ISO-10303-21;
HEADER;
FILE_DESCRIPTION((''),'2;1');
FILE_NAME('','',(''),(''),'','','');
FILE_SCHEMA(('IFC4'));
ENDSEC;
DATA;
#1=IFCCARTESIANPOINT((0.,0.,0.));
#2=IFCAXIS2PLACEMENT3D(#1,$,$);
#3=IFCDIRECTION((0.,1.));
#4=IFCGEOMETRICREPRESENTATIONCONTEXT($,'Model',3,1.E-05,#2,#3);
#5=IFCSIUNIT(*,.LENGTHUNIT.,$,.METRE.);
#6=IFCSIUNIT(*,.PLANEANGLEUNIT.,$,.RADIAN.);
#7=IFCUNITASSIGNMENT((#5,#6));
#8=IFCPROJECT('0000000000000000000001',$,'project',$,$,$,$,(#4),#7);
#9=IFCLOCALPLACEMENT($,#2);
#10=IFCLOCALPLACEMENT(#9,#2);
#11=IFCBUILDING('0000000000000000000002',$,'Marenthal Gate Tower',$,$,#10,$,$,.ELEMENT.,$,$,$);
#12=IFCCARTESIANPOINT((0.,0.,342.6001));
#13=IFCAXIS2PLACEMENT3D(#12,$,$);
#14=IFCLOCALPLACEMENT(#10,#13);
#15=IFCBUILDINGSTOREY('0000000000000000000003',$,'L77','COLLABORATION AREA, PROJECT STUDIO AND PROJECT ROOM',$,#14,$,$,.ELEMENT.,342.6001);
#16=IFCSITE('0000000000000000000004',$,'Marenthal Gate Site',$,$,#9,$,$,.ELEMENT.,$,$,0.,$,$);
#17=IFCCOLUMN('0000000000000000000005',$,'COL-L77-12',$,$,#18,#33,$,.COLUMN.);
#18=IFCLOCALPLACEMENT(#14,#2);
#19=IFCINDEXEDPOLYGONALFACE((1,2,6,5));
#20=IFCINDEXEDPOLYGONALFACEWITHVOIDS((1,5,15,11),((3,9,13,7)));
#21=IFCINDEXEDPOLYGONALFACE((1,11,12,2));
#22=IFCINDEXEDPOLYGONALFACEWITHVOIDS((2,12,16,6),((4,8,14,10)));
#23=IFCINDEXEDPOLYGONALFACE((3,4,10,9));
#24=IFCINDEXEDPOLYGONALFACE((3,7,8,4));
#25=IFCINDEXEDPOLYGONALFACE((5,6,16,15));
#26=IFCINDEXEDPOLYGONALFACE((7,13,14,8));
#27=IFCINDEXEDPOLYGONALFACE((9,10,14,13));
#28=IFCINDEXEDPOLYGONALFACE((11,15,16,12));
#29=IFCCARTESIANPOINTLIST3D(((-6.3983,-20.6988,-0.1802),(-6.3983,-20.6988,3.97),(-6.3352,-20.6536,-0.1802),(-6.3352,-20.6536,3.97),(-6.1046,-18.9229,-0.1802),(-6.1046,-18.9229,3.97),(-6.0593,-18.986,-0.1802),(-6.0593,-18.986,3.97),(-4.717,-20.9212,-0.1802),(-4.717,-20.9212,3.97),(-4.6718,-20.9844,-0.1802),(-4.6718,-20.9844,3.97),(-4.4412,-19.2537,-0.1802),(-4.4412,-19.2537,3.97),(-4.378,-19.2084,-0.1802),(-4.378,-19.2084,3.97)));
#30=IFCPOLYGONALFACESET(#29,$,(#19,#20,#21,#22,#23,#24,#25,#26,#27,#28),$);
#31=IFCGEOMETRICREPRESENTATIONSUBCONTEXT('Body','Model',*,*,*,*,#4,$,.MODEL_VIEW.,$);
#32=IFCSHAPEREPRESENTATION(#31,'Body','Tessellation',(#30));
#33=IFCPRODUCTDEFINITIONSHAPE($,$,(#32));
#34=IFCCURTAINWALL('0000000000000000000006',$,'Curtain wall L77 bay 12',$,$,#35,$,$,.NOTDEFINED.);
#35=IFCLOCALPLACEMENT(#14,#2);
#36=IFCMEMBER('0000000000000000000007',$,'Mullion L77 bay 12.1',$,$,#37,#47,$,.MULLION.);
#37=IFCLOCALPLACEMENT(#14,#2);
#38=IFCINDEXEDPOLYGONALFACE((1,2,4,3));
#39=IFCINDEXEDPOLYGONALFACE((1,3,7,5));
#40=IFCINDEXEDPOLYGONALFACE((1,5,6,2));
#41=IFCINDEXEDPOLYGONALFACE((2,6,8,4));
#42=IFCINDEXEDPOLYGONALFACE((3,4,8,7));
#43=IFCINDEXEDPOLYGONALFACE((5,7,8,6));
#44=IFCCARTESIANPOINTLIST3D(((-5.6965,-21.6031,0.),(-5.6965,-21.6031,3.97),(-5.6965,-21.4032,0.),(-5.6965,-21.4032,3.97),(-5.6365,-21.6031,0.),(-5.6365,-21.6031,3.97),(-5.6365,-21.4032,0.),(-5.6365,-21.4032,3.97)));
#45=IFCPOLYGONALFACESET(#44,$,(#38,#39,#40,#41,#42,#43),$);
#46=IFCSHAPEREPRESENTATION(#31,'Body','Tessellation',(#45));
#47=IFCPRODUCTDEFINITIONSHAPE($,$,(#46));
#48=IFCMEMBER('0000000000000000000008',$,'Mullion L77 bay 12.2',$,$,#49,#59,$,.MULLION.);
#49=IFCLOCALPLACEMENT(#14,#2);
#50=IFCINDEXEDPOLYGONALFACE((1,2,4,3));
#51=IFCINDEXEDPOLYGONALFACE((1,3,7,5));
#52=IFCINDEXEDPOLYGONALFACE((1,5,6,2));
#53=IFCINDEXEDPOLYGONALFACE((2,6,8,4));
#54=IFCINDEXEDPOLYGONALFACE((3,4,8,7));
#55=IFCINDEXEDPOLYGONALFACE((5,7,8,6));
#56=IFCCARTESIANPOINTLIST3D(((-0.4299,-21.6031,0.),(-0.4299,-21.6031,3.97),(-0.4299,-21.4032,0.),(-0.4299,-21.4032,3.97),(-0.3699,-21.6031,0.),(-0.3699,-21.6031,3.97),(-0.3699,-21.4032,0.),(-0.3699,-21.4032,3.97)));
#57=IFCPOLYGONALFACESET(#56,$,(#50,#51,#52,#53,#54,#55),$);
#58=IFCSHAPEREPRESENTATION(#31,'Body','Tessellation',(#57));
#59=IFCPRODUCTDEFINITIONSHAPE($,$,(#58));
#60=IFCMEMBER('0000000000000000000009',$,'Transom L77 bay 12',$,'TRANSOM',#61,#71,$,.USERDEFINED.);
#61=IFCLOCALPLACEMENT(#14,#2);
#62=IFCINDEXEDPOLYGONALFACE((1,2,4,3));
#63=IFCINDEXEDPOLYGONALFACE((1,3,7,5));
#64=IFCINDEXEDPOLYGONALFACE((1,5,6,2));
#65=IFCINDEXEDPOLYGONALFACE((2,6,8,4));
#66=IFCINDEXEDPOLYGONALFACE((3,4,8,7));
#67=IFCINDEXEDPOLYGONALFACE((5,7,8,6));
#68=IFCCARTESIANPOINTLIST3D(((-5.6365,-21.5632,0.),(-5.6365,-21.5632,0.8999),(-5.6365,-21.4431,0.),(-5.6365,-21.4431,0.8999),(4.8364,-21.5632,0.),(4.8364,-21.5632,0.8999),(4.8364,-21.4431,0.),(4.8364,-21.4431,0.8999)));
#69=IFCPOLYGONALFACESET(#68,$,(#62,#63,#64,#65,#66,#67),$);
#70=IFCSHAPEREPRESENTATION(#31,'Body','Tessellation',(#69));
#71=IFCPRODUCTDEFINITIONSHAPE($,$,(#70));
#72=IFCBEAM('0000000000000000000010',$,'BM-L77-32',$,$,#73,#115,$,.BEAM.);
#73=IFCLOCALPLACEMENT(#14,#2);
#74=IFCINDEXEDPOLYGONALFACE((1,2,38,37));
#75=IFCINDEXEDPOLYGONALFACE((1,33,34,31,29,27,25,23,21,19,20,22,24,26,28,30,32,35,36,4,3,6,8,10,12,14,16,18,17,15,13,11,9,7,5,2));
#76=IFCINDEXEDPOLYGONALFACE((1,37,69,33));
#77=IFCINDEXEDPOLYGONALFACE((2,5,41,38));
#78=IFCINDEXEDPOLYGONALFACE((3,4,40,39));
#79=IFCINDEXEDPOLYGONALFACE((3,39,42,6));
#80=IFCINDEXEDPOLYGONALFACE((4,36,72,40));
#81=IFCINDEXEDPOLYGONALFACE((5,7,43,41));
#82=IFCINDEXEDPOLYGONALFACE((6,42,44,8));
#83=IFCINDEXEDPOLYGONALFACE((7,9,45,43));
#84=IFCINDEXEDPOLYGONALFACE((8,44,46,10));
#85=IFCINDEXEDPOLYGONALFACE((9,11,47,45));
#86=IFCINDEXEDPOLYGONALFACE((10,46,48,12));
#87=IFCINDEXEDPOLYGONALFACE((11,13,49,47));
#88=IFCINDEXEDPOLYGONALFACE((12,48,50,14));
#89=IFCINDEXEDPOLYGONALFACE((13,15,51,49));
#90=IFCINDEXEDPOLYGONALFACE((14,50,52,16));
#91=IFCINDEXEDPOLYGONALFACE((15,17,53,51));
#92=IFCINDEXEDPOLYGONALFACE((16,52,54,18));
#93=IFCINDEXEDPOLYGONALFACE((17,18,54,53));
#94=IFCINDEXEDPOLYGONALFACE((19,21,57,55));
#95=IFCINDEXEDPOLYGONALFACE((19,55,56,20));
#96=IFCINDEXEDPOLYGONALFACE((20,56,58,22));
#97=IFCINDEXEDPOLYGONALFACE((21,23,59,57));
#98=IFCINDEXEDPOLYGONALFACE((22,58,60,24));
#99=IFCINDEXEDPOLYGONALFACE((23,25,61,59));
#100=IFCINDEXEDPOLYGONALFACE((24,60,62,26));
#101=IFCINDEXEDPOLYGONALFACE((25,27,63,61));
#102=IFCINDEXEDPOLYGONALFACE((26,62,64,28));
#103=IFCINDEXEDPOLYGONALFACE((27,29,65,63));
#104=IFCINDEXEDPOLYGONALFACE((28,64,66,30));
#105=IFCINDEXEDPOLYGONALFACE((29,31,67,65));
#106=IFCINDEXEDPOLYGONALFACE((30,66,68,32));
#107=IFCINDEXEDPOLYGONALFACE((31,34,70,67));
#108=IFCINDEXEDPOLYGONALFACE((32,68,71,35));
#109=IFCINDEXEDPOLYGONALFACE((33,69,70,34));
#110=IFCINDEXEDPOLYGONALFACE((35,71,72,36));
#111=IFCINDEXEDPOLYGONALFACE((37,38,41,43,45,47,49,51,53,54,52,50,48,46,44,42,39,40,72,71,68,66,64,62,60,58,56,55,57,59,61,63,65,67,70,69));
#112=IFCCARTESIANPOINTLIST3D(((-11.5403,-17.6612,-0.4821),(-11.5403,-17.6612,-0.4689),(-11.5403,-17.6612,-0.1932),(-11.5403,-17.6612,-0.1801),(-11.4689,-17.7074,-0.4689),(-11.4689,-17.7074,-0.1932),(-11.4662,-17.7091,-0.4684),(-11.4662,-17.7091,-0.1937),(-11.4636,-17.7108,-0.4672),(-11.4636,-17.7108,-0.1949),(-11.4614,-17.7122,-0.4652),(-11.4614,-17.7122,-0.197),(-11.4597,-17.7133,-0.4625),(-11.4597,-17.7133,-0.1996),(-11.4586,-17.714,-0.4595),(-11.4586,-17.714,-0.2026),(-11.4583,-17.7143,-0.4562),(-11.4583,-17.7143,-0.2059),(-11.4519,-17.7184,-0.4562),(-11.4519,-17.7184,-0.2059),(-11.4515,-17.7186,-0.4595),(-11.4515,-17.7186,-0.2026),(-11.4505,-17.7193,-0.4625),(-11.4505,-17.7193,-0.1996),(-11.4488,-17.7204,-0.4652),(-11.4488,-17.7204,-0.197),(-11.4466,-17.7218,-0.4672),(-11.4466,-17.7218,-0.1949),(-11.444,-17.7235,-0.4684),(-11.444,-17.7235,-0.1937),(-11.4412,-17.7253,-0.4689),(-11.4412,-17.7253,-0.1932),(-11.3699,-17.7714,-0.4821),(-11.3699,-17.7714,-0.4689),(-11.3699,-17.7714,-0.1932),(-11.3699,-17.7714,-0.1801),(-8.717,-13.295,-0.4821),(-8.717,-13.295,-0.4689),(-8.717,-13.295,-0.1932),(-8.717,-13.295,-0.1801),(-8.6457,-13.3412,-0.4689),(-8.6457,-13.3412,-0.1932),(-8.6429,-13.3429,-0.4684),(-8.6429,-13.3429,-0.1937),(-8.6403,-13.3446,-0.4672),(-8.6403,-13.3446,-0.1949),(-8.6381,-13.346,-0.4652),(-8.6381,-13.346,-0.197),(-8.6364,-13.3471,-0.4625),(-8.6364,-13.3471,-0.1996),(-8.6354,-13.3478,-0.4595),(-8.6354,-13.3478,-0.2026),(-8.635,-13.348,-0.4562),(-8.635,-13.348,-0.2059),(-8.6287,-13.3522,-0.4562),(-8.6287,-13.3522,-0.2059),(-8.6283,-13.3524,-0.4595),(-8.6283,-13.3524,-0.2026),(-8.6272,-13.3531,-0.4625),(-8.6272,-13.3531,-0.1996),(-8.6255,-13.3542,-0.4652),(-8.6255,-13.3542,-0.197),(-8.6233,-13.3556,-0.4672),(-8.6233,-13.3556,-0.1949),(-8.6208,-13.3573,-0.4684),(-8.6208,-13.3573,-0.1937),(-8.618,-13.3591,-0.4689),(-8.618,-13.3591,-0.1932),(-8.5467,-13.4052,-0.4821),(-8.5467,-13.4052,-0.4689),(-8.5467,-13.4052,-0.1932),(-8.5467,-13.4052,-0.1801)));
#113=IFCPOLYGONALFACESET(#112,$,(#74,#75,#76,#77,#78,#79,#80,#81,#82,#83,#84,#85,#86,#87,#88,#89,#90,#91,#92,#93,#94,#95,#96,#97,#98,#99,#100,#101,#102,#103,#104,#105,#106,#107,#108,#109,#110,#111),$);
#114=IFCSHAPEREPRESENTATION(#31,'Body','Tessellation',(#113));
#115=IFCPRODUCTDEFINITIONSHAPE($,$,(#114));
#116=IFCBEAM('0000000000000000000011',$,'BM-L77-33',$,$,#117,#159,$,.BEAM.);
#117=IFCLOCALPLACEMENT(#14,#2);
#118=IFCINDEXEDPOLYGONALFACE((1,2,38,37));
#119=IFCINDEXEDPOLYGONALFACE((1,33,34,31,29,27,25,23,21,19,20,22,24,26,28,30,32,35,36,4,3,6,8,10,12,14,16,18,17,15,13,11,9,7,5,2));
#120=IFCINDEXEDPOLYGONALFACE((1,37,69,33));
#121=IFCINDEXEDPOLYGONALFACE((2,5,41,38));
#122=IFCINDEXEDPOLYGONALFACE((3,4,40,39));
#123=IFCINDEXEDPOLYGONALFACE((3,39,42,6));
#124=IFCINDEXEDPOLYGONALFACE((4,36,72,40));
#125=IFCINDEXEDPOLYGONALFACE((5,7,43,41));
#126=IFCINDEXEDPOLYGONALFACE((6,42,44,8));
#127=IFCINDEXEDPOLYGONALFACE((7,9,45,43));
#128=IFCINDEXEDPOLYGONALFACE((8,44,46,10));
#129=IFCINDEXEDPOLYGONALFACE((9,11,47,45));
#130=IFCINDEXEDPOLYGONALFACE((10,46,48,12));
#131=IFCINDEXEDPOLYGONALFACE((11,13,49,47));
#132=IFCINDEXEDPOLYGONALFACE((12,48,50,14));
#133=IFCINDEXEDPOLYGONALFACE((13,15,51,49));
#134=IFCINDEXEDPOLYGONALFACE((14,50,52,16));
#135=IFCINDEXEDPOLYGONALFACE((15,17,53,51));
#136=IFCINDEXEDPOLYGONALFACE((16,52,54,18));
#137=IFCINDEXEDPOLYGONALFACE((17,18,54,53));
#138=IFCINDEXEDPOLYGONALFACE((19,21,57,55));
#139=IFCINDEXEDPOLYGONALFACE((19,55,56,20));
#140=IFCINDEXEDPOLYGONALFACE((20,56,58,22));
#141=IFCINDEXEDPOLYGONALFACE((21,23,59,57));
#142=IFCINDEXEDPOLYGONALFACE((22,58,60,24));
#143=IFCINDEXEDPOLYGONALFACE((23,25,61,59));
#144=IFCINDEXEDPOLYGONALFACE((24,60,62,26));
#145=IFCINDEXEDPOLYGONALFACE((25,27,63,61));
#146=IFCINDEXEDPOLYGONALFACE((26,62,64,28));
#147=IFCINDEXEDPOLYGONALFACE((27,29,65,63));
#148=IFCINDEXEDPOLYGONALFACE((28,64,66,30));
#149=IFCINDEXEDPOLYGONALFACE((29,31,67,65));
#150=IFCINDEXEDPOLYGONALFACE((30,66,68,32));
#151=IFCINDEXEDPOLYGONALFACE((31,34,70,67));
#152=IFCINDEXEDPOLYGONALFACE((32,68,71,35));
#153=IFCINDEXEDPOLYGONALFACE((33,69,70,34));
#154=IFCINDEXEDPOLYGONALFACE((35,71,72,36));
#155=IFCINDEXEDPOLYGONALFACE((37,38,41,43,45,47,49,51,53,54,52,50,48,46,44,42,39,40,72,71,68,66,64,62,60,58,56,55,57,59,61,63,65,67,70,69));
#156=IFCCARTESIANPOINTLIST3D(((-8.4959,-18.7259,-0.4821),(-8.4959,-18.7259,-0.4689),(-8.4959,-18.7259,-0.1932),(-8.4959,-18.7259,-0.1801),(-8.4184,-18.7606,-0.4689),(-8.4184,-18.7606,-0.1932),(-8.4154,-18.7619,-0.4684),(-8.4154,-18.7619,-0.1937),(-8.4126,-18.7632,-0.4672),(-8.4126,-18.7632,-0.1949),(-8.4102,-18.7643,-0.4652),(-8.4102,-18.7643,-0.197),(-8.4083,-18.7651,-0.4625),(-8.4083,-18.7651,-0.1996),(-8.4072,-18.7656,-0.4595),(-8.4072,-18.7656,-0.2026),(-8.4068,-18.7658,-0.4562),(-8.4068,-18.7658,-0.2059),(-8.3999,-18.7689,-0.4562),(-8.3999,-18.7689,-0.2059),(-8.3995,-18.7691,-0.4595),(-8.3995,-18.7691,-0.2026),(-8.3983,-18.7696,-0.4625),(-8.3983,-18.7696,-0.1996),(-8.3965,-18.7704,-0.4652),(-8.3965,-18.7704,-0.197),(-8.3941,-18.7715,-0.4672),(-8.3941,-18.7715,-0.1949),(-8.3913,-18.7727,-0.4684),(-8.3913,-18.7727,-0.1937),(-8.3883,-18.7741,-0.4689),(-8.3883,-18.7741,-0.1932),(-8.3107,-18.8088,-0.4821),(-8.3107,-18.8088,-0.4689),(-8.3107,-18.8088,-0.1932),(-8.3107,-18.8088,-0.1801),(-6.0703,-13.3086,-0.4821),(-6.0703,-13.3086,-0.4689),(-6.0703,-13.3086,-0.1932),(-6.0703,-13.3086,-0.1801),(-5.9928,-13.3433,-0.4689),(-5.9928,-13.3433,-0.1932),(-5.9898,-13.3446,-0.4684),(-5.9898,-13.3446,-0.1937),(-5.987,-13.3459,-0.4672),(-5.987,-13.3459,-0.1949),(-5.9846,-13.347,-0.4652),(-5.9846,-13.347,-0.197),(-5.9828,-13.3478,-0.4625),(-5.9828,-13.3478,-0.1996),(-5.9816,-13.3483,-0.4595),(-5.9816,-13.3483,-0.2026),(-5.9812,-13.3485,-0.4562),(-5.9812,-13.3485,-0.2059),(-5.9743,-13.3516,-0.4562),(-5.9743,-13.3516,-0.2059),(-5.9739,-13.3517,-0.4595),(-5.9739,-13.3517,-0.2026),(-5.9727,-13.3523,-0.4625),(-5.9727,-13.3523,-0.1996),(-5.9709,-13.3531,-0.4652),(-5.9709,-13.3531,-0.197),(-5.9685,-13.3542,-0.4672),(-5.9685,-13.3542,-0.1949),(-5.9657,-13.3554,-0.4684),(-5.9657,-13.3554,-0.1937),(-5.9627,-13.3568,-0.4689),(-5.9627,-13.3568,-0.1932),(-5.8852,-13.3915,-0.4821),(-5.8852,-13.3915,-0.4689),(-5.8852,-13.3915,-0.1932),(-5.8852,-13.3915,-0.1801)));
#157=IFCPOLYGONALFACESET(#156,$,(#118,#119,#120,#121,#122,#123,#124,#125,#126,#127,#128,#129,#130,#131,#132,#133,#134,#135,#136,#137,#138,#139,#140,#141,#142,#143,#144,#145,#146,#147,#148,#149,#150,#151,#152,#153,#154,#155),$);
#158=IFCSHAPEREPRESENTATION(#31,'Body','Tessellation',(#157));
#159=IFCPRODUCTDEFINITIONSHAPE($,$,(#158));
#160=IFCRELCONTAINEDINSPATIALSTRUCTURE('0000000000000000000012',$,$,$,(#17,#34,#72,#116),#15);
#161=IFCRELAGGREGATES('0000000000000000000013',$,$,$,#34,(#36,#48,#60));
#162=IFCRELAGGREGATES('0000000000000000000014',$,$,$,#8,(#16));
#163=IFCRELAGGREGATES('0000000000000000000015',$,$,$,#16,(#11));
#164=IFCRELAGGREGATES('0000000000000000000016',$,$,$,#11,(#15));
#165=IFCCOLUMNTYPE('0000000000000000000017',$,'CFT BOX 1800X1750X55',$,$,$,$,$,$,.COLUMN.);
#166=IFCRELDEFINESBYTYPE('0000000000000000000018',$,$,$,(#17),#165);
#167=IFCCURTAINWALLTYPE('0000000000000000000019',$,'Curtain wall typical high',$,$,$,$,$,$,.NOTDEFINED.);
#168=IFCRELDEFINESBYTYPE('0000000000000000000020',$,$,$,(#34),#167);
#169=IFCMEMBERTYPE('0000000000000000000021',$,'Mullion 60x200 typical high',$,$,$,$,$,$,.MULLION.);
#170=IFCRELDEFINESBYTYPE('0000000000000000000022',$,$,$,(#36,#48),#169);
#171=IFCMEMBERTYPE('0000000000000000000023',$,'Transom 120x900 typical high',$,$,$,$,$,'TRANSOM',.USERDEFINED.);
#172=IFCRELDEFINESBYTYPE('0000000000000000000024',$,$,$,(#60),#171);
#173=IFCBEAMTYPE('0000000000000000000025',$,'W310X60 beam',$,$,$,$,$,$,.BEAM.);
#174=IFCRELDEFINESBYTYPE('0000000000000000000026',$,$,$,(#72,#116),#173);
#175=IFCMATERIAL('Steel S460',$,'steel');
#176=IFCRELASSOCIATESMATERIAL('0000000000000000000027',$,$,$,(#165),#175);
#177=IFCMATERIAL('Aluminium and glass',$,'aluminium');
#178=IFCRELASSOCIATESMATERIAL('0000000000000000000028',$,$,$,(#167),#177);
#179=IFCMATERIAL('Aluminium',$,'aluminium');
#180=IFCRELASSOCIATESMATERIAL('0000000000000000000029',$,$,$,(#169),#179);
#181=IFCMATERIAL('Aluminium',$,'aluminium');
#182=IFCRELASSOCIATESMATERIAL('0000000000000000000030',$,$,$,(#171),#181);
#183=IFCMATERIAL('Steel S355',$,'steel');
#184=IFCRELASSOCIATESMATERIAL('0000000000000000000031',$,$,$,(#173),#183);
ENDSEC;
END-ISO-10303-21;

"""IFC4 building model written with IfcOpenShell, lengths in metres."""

from ifc_helpers import new_model, si_unit, direction, frame, origin, origin_2d, place, context, subcontext, project, spatial, rectangle, hollow_rectangle, i_section, extrude, material, material_profile, profile_set, type_object, element, aggregate, save


model = new_model("IFC4")

# Units and contexts
model_context = context("Model", 3, precision=1e-05, world=origin(), true_north=direction((0.0, 1.0)))
body_context = subcontext(model_context, "Body", "Model", "MODEL_VIEW")
ifc_project = project(units=[si_unit("LENGTHUNIT", "METRE"), si_unit("PLANEANGLEUNIT", "RADIAN")], contexts=[model_context])

# Site, building, storey
site_placement = place(None, origin())
site = spatial("IfcSite", under=ifc_project, at=site_placement, Name="Marenthal Gate Site", CompositionType="ELEMENT", RefElevation=0.0)
building_placement = place(site_placement, origin())
building = spatial("IfcBuilding", under=site, at=building_placement, Name="Marenthal Gate Tower", CompositionType="ELEMENT")
storey_placement = place(building_placement, frame((0.0, 0.0, 342.6001)))
storey = spatial("IfcBuildingStorey", under=building, at=storey_placement, Name="L77", Description="COLLABORATION AREA, PROJECT STUDIO AND PROJECT ROOM", CompositionType="ELEMENT", Elevation=342.6001)

# Column
ifc_material_1 = material(Name="Steel S460", Category="steel")
ifc_material_profile_1 = material_profile(ifc_material_1, hollow_rectangle(XDim=1.75, YDim=1.8, WallThickness=0.0549, at=origin_2d()), Name="CFT BOX 1800X1750X55")
ifc_material_2 = material(Name="Concrete 70 MPa", Category="concrete")
ifc_material_profile_2 = material_profile(ifc_material_2, rectangle(XDim=1.6399, YDim=1.6899, at=origin_2d()), Name="CFT BOX 1800X1750X55 INFILL")
ifc_profile_set_1 = profile_set([ifc_material_profile_1, ifc_material_profile_2], Name="Steel S460 shell, Concrete 70 MPa infill")
column_type = type_object("IfcColumnType", Name="CFT BOX 1800X1750X55", PredefinedType="COLUMN", material=ifc_profile_set_1)
column_placement = place(storey_placement, frame((-5.3882, -19.9536, -0.1802), z_axis=(0.0, 0.0, 1.0), x_axis=(-0.986595, 0.163188, 0.0)))
element("IfcColumn", 1, at=column_placement, inside=storey, type_object=column_type, Name="COL-L77-12", PredefinedType="COLUMN", context=body_context, shape_type="SweptSolid", body=[
    extrude(hollow_rectangle(XDim=1.75, YDim=1.8, WallThickness=0.0549, at=origin_2d()), origin(), (0.0, 0.0, 1.0), 4.1501),
])

# Curtain wall, members
ifc_material_3 = material(Name="Aluminium and glass", Category="aluminium")
curtain_wall_type = type_object("IfcCurtainWallType", Name="Curtain wall typical high", PredefinedType="NOTDEFINED", material=ifc_material_3)
curtain_wall_placement = place(storey_placement, origin())
curtain_wall = element("IfcCurtainWall", 2, at=curtain_wall_placement, inside=storey, type_object=curtain_wall_type, Name="Curtain wall L77 bay 12", PredefinedType="NOTDEFINED")
ifc_material_4 = material(Name="Aluminium", Category="aluminium")
ifc_material_profile_3 = material_profile(ifc_material_4, rectangle(XDim=0.2, YDim=0.0601, at=origin_2d()), Name="60x200 aluminium mullion")
ifc_profile_set_2 = profile_set([ifc_material_profile_3], Name="Aluminium")
member_type_1 = type_object("IfcMemberType", Name="Mullion 60x200 typical high", PredefinedType="MULLION", material=ifc_profile_set_2)
member_1_placement = place(storey_placement, frame((-5.6665, -21.5032, 0.0), z_axis=(0.0, 0.0, 1.0), x_axis=(0.0, 1.0, 0.0)))
member_1 = element("IfcMember", 3, at=member_1_placement, type_object=member_type_1, Name="Mullion L77 bay 12.1", PredefinedType="MULLION", context=body_context, shape_type="SweptSolid", body=[
    extrude(rectangle(XDim=0.2, YDim=0.0601, at=origin_2d()), origin(), (0.0, 0.0, 1.0), 3.97),
])
member_2_placement = place(storey_placement, frame((-0.3999, -21.5032, 0.0), z_axis=(0.0, 0.0, 1.0), x_axis=(0.0, 1.0, 0.0)))
member_2 = element("IfcMember", 4, at=member_2_placement, type_object=member_type_1, Name="Mullion L77 bay 12.2", PredefinedType="MULLION", context=body_context, shape_type="SweptSolid", body=[
    extrude(rectangle(XDim=0.2, YDim=0.0601, at=origin_2d()), origin(), (0.0, 0.0, 1.0), 3.97),
])
ifc_material_5 = material(Name="Aluminium", Category="aluminium")
ifc_material_profile_4 = material_profile(ifc_material_5, rectangle(XDim=0.1201, YDim=0.8999, at=origin_2d()), Name="120x900 aluminium transom")
ifc_profile_set_3 = profile_set([ifc_material_profile_4], Name="Aluminium")
member_type_2 = type_object("IfcMemberType", Name="Transom 120x900 typical high", ElementType="TRANSOM", PredefinedType="USERDEFINED", material=ifc_profile_set_3)
member_3_placement = place(storey_placement, frame((-5.6365, -21.5032, 0.45), z_axis=(1.0, 0.0, 0.0), x_axis=(0.0, 1.0, 0.0)))
member_3 = element("IfcMember", 5, at=member_3_placement, type_object=member_type_2, Name="Transom L77 bay 12", ObjectType="TRANSOM", PredefinedType="USERDEFINED", context=body_context, shape_type="SweptSolid", body=[
    extrude(rectangle(XDim=0.1201, YDim=0.8999, at=origin_2d()), origin(), (0.0, 0.0, 1.0), 10.4729),
])

# Beams
ifc_material_6 = material(Name="Steel S355", Category="steel")
ifc_material_profile_5 = material_profile(ifc_material_6, i_section(OverallWidth=0.2029, OverallDepth=0.302, WebThickness=0.0076, FlangeThickness=0.0132, FilletRadius=0.0127, at=origin_2d()), Name="W310X60")
ifc_profile_set_4 = profile_set([ifc_material_profile_5], Name="Steel S355")
beam_type_1 = type_object("IfcBeamType", Name="W310X60 beam", PredefinedType="BEAM", material=ifc_profile_set_4)
beam_1_placement = place(storey_placement, frame((-11.4551, -17.7163, -0.3311), z_axis=(0.542986, 0.839741, 0.0), x_axis=(-0.839741, 0.542986, 0.0)))
element("IfcBeam", 6, at=beam_1_placement, inside=storey, type_object=beam_type_1, Name="BM-L77-32", PredefinedType="BEAM", context=body_context, shape_type="SweptSolid", body=[
    extrude(i_section(OverallWidth=0.2029, OverallDepth=0.302, WebThickness=0.0076, FlangeThickness=0.0132, FilletRadius=0.0127, at=origin_2d()), origin(), (0.0, 0.0, 1.0), 5.1995),
])
beam_2_placement = place(storey_placement, frame((-8.4033, -18.7673, -0.3311), z_axis=(0.408652, 0.91269, 0.0), x_axis=(-0.91269, 0.408652, 0.0)))
element("IfcBeam", 7, at=beam_2_placement, inside=storey, type_object=beam_type_1, Name="BM-L77-33", PredefinedType="BEAM", context=body_context, shape_type="SweptSolid", body=[
    extrude(i_section(OverallWidth=0.2029, OverallDepth=0.302, WebThickness=0.0076, FlangeThickness=0.0132, FilletRadius=0.0127, at=origin_2d()), origin(), (0.0, 0.0, 1.0), 5.9355),
])

aggregate(curtain_wall, [member_1, member_2, member_3])

save(model, "model.ifc")
